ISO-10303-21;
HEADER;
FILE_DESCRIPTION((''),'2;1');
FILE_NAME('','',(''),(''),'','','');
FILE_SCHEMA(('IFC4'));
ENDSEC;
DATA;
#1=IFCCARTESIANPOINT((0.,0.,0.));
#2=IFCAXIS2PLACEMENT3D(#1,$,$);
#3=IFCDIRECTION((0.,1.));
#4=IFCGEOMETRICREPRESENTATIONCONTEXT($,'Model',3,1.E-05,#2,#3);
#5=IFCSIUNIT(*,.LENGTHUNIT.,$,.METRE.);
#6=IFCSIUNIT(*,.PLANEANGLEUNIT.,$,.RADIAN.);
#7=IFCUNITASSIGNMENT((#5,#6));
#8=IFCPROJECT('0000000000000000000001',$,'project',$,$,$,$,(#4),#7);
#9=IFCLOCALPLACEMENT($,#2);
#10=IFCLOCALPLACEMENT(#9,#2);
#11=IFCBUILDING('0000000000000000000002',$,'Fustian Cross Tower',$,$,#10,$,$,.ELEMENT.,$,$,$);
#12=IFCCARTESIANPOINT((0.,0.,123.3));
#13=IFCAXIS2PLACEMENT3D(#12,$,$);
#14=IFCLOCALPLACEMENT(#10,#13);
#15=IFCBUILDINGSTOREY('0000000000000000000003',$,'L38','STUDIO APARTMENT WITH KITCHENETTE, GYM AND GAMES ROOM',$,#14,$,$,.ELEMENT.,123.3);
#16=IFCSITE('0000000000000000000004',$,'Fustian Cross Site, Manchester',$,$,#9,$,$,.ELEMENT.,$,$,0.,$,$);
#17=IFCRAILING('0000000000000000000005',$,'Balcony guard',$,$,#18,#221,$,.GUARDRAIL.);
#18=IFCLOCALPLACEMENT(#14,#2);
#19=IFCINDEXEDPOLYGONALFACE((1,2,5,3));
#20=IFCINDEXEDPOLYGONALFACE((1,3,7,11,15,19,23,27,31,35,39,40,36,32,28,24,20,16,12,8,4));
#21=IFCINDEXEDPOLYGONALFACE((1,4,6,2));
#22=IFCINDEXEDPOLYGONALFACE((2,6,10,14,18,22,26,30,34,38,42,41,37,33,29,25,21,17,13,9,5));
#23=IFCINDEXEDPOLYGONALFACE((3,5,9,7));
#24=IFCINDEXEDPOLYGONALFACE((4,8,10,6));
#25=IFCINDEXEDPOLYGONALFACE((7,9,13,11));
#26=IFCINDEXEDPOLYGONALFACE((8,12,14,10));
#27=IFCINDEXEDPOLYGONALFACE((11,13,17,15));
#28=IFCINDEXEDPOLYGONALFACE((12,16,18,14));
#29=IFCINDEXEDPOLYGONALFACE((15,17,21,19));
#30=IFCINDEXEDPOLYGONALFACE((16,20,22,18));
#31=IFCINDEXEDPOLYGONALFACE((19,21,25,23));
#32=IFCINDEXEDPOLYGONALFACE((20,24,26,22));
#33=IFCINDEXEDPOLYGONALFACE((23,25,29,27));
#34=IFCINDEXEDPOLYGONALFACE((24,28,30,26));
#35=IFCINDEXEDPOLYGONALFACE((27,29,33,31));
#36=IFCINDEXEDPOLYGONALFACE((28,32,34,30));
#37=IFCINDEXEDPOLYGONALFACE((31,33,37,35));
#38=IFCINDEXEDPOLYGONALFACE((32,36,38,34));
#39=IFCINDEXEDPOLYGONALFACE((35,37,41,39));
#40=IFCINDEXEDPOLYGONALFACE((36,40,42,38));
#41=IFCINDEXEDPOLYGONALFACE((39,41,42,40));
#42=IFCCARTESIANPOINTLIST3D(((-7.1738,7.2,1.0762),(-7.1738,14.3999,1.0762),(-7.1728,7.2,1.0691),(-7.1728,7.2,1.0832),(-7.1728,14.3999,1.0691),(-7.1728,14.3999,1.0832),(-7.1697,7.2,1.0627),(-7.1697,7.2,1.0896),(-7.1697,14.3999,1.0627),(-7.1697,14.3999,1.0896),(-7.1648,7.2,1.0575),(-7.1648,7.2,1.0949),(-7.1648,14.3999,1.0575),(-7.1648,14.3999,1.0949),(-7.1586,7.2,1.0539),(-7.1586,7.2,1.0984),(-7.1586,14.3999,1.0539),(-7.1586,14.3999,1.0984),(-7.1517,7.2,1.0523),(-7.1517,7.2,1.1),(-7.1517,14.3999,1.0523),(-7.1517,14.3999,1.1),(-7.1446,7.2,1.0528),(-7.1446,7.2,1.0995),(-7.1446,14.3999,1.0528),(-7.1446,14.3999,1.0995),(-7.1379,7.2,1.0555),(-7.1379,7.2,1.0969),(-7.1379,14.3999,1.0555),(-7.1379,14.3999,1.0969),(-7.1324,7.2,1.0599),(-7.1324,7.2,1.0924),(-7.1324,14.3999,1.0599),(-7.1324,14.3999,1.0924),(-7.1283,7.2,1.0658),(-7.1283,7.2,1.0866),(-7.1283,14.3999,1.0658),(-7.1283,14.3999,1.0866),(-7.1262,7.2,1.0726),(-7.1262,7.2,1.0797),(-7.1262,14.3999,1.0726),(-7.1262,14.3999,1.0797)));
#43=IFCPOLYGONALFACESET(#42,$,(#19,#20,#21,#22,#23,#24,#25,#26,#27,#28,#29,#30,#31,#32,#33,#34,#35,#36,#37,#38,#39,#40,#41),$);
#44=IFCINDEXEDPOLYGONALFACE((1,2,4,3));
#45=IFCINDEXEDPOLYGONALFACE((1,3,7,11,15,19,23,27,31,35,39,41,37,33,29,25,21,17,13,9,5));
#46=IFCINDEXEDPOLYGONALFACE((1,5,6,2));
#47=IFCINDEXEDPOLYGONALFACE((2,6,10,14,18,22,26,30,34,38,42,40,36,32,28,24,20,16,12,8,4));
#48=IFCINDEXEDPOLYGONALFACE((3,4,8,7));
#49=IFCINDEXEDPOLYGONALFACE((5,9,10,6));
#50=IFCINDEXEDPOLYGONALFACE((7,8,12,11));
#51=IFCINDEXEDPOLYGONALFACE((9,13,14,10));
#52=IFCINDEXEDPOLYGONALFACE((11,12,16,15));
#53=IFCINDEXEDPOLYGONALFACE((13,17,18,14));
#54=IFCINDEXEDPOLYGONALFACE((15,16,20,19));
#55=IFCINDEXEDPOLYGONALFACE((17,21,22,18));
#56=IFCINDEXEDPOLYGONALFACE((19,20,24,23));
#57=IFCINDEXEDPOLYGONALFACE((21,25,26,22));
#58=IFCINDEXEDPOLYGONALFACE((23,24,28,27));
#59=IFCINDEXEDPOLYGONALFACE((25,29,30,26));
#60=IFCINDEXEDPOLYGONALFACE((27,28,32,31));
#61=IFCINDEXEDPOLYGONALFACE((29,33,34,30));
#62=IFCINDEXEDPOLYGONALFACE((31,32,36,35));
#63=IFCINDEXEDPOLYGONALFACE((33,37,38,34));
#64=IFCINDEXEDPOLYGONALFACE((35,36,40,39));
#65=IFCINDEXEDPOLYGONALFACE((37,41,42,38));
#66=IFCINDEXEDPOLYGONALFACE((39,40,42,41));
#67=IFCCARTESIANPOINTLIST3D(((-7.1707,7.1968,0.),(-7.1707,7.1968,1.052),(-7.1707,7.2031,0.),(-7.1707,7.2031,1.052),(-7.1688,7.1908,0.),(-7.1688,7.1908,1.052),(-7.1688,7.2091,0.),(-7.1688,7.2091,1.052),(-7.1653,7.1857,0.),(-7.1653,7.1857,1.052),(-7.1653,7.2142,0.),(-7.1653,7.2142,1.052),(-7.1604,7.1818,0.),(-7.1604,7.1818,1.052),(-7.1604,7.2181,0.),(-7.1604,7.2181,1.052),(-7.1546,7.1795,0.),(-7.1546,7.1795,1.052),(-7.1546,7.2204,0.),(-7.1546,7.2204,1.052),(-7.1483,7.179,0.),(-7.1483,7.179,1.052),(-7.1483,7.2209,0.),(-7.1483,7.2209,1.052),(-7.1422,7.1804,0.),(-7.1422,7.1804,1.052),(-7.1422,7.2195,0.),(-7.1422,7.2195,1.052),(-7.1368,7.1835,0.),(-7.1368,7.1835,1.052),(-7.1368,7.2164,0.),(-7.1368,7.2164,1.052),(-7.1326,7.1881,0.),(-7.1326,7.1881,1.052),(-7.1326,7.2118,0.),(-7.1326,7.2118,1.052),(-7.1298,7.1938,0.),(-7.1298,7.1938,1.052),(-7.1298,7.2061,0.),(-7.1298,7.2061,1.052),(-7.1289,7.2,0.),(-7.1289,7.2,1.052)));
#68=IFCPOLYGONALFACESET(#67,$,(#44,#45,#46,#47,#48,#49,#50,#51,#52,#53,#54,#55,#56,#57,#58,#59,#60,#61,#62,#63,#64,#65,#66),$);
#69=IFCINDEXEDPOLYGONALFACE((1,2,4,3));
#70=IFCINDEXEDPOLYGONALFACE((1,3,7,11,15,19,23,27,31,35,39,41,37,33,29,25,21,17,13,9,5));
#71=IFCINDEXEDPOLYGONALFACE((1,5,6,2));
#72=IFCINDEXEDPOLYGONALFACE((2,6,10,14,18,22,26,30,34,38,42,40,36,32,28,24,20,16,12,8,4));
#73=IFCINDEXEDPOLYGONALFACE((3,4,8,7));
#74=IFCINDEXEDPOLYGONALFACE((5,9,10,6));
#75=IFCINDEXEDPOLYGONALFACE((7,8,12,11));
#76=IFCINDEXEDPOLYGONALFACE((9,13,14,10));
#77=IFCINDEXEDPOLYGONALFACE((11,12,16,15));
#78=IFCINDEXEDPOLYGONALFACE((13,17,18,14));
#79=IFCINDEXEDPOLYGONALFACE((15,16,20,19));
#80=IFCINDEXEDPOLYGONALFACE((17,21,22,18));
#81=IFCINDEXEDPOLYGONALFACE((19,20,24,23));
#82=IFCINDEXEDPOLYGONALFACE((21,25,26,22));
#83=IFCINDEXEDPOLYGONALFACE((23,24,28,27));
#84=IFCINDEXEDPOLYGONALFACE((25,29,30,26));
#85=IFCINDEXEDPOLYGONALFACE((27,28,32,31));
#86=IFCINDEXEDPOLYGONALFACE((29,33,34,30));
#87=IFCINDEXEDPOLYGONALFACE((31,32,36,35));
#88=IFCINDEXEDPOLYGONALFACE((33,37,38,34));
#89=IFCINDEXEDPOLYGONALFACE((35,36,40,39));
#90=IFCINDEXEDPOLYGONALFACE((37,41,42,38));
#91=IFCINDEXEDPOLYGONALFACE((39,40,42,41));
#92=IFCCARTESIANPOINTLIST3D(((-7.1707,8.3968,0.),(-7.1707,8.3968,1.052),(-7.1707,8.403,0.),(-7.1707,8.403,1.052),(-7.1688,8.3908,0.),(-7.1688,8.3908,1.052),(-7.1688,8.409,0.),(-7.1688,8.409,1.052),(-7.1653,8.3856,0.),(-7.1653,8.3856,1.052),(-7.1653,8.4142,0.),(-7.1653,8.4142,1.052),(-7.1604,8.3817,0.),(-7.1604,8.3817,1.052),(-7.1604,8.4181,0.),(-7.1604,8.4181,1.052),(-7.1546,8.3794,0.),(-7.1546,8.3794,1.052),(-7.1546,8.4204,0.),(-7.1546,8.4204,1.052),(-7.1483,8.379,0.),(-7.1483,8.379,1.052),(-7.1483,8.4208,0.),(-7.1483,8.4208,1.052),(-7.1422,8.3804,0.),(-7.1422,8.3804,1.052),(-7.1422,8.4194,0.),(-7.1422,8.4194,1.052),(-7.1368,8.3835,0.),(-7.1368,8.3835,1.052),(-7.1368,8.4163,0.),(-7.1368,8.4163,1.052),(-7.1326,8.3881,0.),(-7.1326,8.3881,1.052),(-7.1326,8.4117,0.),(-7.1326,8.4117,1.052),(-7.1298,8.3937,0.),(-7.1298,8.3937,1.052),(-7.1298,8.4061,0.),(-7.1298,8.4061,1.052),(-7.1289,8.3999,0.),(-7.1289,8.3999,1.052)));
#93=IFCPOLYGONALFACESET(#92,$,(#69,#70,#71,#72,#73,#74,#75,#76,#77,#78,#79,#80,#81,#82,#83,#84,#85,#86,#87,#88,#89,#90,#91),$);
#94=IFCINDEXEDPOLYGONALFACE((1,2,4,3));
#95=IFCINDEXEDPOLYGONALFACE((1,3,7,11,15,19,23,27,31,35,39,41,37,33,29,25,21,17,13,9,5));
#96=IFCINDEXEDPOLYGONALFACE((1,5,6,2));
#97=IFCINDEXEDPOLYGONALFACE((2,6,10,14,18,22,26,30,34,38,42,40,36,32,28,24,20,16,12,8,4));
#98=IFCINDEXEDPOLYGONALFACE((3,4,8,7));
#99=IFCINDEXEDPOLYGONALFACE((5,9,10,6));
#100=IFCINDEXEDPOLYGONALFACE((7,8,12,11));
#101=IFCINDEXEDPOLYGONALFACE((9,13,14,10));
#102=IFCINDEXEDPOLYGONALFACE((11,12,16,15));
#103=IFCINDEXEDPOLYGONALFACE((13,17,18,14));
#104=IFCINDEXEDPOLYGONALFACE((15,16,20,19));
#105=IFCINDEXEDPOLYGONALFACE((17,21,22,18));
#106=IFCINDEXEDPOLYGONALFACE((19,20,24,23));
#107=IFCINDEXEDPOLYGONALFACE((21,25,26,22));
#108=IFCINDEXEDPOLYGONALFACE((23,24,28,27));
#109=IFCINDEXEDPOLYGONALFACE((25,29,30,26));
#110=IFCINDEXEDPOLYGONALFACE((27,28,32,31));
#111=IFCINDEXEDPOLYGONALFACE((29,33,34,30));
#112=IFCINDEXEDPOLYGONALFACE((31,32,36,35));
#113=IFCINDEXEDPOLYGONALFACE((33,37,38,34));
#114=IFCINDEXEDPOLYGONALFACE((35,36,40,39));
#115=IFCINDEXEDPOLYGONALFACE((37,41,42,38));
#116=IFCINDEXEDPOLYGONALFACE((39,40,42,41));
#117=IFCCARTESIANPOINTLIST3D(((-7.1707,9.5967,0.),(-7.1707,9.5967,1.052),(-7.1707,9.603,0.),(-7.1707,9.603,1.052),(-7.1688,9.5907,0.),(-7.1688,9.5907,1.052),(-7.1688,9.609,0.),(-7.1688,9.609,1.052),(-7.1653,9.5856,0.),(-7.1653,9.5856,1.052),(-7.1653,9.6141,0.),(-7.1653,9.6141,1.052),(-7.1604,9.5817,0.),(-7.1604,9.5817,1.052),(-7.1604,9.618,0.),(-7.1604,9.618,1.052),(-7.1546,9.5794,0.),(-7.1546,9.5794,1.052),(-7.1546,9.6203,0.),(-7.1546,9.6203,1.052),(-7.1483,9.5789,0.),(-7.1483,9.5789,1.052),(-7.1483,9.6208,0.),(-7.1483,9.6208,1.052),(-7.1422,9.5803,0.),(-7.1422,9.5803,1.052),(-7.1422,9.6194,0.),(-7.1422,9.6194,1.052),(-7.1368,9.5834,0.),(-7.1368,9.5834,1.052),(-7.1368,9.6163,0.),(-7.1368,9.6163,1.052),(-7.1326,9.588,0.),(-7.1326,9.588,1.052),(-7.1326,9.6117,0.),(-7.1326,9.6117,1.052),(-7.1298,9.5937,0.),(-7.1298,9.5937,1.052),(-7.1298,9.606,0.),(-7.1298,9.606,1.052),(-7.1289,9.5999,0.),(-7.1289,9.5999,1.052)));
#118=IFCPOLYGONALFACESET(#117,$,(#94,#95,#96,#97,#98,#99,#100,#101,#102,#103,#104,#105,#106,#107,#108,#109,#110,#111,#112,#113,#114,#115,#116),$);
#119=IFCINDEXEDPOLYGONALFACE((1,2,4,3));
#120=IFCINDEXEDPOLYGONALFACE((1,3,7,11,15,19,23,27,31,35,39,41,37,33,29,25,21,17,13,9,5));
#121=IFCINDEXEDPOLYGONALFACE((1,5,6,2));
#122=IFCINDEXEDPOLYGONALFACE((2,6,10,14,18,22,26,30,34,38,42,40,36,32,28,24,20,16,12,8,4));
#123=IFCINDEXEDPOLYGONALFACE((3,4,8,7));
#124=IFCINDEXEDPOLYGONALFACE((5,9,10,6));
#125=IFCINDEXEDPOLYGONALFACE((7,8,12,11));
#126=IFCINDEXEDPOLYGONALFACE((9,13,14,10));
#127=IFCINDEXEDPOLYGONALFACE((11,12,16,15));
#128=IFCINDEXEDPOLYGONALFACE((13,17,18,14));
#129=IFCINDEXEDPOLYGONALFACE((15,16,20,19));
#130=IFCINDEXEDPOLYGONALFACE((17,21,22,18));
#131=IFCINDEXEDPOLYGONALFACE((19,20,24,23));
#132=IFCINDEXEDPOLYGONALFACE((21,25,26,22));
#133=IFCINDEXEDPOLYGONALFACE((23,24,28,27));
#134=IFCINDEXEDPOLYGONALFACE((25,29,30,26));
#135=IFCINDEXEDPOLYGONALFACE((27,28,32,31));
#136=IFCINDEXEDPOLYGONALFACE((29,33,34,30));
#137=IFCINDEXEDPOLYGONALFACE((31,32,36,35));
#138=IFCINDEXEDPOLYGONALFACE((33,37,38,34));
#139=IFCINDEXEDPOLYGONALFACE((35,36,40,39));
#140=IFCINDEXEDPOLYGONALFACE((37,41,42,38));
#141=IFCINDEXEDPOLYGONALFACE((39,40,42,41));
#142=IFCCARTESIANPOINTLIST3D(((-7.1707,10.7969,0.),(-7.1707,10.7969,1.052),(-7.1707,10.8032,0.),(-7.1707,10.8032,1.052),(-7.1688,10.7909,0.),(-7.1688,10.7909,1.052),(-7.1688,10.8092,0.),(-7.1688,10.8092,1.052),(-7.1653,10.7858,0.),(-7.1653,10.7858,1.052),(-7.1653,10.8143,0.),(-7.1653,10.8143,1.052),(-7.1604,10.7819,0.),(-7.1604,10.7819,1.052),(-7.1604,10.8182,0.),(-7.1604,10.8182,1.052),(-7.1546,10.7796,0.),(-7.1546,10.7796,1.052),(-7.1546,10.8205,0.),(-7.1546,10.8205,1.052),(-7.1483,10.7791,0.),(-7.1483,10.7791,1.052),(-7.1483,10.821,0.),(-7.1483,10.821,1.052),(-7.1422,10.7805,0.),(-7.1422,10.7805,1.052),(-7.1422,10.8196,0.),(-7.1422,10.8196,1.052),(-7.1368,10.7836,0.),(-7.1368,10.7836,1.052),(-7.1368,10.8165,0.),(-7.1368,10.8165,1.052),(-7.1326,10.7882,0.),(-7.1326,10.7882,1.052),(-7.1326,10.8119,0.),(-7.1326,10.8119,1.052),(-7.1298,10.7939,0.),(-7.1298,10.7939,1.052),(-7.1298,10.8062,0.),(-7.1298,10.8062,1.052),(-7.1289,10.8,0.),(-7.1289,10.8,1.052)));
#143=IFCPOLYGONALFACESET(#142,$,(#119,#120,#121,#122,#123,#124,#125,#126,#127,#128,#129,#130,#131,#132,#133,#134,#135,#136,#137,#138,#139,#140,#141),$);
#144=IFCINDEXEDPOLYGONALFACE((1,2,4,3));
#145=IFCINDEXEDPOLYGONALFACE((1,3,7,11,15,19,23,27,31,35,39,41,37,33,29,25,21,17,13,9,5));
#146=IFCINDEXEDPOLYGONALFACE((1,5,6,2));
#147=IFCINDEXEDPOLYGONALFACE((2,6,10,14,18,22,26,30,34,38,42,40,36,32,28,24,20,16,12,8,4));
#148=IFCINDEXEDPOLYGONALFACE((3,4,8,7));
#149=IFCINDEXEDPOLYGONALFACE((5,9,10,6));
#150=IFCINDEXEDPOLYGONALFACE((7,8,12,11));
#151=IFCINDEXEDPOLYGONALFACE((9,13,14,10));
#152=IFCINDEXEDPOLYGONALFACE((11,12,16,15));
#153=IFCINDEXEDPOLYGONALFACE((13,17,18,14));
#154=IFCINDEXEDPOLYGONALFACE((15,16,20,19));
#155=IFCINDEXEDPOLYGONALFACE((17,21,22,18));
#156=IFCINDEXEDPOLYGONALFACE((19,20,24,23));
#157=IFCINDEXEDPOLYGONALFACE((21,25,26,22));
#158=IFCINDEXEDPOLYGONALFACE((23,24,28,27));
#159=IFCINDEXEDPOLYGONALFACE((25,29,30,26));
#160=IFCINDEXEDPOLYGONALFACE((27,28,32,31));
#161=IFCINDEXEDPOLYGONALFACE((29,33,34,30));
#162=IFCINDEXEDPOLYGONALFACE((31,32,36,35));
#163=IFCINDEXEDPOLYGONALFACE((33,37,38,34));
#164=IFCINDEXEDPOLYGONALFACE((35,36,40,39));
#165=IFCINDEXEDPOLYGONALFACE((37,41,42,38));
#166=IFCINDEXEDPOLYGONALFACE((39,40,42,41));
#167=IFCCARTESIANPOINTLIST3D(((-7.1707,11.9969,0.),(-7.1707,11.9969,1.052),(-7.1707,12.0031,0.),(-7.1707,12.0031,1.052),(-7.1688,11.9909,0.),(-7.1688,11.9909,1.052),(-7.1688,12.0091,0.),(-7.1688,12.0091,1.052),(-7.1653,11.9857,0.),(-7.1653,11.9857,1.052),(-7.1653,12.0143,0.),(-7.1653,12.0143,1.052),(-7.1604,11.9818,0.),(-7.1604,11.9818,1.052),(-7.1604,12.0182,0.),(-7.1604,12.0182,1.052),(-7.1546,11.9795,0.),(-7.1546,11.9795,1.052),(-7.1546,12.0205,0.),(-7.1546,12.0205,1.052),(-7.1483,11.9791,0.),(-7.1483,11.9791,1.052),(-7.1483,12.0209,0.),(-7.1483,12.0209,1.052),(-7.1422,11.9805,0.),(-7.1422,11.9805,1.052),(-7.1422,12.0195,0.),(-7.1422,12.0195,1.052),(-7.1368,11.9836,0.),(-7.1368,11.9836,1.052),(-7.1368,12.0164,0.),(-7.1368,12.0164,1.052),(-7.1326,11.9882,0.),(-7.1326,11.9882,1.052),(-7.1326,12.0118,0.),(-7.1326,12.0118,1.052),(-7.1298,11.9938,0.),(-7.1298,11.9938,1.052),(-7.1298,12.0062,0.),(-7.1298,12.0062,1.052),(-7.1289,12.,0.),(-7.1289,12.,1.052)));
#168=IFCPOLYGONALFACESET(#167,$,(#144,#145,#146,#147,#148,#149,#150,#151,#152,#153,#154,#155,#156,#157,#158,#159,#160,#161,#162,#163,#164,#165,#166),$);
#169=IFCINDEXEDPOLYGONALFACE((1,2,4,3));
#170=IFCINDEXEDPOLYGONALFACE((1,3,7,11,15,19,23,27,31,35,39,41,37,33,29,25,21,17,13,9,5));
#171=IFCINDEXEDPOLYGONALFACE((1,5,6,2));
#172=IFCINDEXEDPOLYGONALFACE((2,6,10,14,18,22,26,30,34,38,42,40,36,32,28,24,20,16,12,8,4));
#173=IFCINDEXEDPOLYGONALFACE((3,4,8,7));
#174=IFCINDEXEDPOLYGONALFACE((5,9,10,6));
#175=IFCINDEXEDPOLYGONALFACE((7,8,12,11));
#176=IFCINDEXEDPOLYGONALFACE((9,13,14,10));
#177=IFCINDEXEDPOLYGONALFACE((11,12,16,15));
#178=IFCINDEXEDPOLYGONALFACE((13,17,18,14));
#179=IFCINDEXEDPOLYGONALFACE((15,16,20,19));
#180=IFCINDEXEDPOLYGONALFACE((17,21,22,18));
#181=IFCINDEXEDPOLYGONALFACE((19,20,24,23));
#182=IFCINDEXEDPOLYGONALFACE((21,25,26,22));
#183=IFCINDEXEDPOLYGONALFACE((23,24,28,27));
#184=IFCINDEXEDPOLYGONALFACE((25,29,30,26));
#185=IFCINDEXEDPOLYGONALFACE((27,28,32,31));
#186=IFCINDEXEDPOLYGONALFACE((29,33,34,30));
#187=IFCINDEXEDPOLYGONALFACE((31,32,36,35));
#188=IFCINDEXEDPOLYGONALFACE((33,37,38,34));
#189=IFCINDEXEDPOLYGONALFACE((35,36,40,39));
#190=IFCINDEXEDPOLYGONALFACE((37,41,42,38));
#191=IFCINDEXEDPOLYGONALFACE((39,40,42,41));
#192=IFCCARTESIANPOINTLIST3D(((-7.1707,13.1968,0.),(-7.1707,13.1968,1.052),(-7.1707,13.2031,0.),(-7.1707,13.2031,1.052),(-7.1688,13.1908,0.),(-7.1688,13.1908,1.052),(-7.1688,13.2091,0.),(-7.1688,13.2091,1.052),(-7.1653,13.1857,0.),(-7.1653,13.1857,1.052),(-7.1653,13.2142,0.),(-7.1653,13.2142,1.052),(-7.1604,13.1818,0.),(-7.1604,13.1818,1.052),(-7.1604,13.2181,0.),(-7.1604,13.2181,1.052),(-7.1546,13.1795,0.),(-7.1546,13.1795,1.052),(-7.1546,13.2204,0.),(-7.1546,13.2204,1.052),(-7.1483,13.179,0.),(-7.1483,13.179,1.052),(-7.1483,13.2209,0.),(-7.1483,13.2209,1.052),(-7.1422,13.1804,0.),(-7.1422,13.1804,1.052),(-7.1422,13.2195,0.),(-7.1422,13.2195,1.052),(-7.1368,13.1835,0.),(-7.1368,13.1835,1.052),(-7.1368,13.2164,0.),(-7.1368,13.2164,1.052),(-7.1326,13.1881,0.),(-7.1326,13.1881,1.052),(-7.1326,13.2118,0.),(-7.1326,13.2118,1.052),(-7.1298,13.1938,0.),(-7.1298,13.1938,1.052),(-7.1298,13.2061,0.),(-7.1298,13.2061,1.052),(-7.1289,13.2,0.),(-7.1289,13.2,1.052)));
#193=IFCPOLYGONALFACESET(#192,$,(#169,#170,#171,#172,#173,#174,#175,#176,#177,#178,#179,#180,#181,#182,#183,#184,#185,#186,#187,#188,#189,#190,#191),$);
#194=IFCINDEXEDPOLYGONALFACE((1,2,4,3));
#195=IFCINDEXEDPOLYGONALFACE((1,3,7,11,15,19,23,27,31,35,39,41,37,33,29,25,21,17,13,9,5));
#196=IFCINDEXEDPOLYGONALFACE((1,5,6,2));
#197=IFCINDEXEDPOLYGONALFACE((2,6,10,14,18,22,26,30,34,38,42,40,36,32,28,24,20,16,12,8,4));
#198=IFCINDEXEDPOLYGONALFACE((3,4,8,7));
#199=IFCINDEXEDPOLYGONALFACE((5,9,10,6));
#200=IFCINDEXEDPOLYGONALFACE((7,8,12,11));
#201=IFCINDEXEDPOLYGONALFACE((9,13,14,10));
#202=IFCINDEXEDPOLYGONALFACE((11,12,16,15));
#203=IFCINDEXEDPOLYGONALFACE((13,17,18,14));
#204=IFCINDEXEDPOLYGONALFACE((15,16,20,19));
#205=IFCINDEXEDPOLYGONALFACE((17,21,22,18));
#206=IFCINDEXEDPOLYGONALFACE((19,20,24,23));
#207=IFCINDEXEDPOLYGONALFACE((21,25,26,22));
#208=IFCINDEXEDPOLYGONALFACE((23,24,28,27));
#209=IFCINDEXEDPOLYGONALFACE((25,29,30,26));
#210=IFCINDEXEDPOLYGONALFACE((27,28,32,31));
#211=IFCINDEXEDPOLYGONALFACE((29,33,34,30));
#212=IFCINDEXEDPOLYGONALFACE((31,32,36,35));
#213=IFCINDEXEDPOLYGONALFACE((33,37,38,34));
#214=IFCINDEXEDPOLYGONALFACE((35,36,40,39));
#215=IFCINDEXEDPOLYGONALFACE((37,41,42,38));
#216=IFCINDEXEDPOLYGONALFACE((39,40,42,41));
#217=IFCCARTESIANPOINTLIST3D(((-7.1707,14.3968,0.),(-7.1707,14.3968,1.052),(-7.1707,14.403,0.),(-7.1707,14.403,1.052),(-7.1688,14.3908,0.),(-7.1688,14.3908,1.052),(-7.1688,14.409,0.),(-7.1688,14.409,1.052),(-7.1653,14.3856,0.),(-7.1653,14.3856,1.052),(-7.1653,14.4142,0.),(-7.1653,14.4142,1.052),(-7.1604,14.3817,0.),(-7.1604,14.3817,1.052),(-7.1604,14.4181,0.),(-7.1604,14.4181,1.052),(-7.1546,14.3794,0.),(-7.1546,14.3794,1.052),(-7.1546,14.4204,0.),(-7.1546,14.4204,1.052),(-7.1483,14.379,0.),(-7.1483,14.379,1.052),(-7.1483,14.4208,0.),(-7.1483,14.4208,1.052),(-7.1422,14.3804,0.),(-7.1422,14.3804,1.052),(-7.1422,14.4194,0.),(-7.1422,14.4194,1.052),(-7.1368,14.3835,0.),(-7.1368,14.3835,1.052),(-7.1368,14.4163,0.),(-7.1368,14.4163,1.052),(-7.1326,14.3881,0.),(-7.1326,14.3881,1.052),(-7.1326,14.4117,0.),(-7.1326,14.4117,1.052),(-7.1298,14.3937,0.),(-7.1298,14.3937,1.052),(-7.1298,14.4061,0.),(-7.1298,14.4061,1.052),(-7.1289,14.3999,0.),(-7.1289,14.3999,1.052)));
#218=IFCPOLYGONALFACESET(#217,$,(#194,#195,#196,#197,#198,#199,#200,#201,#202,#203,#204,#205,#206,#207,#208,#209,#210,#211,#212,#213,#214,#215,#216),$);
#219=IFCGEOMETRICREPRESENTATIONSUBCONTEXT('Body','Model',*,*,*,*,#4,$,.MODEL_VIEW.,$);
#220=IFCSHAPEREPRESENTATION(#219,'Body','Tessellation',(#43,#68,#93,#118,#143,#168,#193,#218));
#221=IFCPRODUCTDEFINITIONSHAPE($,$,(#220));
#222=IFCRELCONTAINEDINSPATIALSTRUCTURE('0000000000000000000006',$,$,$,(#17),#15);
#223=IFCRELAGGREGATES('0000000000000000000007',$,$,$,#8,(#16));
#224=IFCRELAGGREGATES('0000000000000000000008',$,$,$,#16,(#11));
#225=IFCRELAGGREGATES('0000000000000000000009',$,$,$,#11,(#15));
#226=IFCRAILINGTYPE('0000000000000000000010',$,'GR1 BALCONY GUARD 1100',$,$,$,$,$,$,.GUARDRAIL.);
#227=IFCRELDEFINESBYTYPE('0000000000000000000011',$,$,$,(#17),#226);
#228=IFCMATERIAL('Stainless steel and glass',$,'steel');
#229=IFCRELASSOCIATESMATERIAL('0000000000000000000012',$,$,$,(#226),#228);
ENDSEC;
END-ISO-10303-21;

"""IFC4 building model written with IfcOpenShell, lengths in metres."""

from ifc_helpers import new_model, si_unit, direction, frame, origin, origin_2d, place, context, subcontext, project, spatial, circle, extrude, material, type_object, element, save


model = new_model("IFC4")

# Units and contexts
model_context = context("Model", 3, precision=1e-05, world=origin(), true_north=direction((0.0, 1.0)))
body_context = subcontext(model_context, "Body", "Model", "MODEL_VIEW")
ifc_project = project(units=[si_unit("LENGTHUNIT", "METRE"), si_unit("PLANEANGLEUNIT", "RADIAN")], contexts=[model_context])

# Site, building, storey
site_placement = place(None, origin())
site = spatial("IfcSite", under=ifc_project, at=site_placement, Name="Fustian Cross Site, Manchester", CompositionType="ELEMENT", RefElevation=0.0)
building_placement = place(site_placement, origin())
building = spatial("IfcBuilding", under=site, at=building_placement, Name="Fustian Cross Tower", CompositionType="ELEMENT")
storey_placement = place(building_placement, frame((0.0, 0.0, 123.3)))
storey = spatial("IfcBuildingStorey", under=building, at=storey_placement, Name="L38", Description="STUDIO APARTMENT WITH KITCHENETTE, GYM AND GAMES ROOM", CompositionType="ELEMENT", Elevation=123.3)

# Railing
ifc_material_1 = material(Name="Stainless steel and glass", Category="steel")
railing_type = type_object("IfcRailingType", Name="GR1 BALCONY GUARD 1100", PredefinedType="GUARDRAIL", material=ifc_material_1)
railing_placement = place(storey_placement, frame((-7.1499, 7.2, 0.0)))
element("IfcRailing", 1, at=railing_placement, inside=storey, type_object=railing_type, Name="Balcony guard", PredefinedType="GUARDRAIL", context=body_context, shape_type="SweptSolid", body=[
    extrude(circle(Radius=0.0239, at=origin_2d()), frame((0.0, 0.0, 1.0762), z_axis=(0.0, 1.0, 0.0), x_axis=(-1.0, 0.0, 0.0)), (0.0, 0.0, 1.0), 7.2),
    extrude(circle(Radius=0.021, at=origin_2d()), origin(), (0.0, 0.0, 1.0), 1.052),
    extrude(circle(Radius=0.021, at=origin_2d()), frame((0.0, 1.2, 0.0)), (0.0, 0.0, 1.0), 1.052),
    extrude(circle(Radius=0.021, at=origin_2d()), frame((0.0, 2.3999, 0.0)), (0.0, 0.0, 1.0), 1.052),
    extrude(circle(Radius=0.021, at=origin_2d()), frame((0.0, 3.6001, 0.0)), (0.0, 0.0, 1.0), 1.052),
    extrude(circle(Radius=0.021, at=origin_2d()), frame((0.0, 4.8, 0.0)), (0.0, 0.0, 1.0), 1.052),
    extrude(circle(Radius=0.021, at=origin_2d()), frame((0.0, 6.0, 0.0)), (0.0, 0.0, 1.0), 1.052),
    extrude(circle(Radius=0.021, at=origin_2d()), frame((0.0, 7.2, 0.0)), (0.0, 0.0, 1.0), 1.052),
])

save(model, "model.ifc")
